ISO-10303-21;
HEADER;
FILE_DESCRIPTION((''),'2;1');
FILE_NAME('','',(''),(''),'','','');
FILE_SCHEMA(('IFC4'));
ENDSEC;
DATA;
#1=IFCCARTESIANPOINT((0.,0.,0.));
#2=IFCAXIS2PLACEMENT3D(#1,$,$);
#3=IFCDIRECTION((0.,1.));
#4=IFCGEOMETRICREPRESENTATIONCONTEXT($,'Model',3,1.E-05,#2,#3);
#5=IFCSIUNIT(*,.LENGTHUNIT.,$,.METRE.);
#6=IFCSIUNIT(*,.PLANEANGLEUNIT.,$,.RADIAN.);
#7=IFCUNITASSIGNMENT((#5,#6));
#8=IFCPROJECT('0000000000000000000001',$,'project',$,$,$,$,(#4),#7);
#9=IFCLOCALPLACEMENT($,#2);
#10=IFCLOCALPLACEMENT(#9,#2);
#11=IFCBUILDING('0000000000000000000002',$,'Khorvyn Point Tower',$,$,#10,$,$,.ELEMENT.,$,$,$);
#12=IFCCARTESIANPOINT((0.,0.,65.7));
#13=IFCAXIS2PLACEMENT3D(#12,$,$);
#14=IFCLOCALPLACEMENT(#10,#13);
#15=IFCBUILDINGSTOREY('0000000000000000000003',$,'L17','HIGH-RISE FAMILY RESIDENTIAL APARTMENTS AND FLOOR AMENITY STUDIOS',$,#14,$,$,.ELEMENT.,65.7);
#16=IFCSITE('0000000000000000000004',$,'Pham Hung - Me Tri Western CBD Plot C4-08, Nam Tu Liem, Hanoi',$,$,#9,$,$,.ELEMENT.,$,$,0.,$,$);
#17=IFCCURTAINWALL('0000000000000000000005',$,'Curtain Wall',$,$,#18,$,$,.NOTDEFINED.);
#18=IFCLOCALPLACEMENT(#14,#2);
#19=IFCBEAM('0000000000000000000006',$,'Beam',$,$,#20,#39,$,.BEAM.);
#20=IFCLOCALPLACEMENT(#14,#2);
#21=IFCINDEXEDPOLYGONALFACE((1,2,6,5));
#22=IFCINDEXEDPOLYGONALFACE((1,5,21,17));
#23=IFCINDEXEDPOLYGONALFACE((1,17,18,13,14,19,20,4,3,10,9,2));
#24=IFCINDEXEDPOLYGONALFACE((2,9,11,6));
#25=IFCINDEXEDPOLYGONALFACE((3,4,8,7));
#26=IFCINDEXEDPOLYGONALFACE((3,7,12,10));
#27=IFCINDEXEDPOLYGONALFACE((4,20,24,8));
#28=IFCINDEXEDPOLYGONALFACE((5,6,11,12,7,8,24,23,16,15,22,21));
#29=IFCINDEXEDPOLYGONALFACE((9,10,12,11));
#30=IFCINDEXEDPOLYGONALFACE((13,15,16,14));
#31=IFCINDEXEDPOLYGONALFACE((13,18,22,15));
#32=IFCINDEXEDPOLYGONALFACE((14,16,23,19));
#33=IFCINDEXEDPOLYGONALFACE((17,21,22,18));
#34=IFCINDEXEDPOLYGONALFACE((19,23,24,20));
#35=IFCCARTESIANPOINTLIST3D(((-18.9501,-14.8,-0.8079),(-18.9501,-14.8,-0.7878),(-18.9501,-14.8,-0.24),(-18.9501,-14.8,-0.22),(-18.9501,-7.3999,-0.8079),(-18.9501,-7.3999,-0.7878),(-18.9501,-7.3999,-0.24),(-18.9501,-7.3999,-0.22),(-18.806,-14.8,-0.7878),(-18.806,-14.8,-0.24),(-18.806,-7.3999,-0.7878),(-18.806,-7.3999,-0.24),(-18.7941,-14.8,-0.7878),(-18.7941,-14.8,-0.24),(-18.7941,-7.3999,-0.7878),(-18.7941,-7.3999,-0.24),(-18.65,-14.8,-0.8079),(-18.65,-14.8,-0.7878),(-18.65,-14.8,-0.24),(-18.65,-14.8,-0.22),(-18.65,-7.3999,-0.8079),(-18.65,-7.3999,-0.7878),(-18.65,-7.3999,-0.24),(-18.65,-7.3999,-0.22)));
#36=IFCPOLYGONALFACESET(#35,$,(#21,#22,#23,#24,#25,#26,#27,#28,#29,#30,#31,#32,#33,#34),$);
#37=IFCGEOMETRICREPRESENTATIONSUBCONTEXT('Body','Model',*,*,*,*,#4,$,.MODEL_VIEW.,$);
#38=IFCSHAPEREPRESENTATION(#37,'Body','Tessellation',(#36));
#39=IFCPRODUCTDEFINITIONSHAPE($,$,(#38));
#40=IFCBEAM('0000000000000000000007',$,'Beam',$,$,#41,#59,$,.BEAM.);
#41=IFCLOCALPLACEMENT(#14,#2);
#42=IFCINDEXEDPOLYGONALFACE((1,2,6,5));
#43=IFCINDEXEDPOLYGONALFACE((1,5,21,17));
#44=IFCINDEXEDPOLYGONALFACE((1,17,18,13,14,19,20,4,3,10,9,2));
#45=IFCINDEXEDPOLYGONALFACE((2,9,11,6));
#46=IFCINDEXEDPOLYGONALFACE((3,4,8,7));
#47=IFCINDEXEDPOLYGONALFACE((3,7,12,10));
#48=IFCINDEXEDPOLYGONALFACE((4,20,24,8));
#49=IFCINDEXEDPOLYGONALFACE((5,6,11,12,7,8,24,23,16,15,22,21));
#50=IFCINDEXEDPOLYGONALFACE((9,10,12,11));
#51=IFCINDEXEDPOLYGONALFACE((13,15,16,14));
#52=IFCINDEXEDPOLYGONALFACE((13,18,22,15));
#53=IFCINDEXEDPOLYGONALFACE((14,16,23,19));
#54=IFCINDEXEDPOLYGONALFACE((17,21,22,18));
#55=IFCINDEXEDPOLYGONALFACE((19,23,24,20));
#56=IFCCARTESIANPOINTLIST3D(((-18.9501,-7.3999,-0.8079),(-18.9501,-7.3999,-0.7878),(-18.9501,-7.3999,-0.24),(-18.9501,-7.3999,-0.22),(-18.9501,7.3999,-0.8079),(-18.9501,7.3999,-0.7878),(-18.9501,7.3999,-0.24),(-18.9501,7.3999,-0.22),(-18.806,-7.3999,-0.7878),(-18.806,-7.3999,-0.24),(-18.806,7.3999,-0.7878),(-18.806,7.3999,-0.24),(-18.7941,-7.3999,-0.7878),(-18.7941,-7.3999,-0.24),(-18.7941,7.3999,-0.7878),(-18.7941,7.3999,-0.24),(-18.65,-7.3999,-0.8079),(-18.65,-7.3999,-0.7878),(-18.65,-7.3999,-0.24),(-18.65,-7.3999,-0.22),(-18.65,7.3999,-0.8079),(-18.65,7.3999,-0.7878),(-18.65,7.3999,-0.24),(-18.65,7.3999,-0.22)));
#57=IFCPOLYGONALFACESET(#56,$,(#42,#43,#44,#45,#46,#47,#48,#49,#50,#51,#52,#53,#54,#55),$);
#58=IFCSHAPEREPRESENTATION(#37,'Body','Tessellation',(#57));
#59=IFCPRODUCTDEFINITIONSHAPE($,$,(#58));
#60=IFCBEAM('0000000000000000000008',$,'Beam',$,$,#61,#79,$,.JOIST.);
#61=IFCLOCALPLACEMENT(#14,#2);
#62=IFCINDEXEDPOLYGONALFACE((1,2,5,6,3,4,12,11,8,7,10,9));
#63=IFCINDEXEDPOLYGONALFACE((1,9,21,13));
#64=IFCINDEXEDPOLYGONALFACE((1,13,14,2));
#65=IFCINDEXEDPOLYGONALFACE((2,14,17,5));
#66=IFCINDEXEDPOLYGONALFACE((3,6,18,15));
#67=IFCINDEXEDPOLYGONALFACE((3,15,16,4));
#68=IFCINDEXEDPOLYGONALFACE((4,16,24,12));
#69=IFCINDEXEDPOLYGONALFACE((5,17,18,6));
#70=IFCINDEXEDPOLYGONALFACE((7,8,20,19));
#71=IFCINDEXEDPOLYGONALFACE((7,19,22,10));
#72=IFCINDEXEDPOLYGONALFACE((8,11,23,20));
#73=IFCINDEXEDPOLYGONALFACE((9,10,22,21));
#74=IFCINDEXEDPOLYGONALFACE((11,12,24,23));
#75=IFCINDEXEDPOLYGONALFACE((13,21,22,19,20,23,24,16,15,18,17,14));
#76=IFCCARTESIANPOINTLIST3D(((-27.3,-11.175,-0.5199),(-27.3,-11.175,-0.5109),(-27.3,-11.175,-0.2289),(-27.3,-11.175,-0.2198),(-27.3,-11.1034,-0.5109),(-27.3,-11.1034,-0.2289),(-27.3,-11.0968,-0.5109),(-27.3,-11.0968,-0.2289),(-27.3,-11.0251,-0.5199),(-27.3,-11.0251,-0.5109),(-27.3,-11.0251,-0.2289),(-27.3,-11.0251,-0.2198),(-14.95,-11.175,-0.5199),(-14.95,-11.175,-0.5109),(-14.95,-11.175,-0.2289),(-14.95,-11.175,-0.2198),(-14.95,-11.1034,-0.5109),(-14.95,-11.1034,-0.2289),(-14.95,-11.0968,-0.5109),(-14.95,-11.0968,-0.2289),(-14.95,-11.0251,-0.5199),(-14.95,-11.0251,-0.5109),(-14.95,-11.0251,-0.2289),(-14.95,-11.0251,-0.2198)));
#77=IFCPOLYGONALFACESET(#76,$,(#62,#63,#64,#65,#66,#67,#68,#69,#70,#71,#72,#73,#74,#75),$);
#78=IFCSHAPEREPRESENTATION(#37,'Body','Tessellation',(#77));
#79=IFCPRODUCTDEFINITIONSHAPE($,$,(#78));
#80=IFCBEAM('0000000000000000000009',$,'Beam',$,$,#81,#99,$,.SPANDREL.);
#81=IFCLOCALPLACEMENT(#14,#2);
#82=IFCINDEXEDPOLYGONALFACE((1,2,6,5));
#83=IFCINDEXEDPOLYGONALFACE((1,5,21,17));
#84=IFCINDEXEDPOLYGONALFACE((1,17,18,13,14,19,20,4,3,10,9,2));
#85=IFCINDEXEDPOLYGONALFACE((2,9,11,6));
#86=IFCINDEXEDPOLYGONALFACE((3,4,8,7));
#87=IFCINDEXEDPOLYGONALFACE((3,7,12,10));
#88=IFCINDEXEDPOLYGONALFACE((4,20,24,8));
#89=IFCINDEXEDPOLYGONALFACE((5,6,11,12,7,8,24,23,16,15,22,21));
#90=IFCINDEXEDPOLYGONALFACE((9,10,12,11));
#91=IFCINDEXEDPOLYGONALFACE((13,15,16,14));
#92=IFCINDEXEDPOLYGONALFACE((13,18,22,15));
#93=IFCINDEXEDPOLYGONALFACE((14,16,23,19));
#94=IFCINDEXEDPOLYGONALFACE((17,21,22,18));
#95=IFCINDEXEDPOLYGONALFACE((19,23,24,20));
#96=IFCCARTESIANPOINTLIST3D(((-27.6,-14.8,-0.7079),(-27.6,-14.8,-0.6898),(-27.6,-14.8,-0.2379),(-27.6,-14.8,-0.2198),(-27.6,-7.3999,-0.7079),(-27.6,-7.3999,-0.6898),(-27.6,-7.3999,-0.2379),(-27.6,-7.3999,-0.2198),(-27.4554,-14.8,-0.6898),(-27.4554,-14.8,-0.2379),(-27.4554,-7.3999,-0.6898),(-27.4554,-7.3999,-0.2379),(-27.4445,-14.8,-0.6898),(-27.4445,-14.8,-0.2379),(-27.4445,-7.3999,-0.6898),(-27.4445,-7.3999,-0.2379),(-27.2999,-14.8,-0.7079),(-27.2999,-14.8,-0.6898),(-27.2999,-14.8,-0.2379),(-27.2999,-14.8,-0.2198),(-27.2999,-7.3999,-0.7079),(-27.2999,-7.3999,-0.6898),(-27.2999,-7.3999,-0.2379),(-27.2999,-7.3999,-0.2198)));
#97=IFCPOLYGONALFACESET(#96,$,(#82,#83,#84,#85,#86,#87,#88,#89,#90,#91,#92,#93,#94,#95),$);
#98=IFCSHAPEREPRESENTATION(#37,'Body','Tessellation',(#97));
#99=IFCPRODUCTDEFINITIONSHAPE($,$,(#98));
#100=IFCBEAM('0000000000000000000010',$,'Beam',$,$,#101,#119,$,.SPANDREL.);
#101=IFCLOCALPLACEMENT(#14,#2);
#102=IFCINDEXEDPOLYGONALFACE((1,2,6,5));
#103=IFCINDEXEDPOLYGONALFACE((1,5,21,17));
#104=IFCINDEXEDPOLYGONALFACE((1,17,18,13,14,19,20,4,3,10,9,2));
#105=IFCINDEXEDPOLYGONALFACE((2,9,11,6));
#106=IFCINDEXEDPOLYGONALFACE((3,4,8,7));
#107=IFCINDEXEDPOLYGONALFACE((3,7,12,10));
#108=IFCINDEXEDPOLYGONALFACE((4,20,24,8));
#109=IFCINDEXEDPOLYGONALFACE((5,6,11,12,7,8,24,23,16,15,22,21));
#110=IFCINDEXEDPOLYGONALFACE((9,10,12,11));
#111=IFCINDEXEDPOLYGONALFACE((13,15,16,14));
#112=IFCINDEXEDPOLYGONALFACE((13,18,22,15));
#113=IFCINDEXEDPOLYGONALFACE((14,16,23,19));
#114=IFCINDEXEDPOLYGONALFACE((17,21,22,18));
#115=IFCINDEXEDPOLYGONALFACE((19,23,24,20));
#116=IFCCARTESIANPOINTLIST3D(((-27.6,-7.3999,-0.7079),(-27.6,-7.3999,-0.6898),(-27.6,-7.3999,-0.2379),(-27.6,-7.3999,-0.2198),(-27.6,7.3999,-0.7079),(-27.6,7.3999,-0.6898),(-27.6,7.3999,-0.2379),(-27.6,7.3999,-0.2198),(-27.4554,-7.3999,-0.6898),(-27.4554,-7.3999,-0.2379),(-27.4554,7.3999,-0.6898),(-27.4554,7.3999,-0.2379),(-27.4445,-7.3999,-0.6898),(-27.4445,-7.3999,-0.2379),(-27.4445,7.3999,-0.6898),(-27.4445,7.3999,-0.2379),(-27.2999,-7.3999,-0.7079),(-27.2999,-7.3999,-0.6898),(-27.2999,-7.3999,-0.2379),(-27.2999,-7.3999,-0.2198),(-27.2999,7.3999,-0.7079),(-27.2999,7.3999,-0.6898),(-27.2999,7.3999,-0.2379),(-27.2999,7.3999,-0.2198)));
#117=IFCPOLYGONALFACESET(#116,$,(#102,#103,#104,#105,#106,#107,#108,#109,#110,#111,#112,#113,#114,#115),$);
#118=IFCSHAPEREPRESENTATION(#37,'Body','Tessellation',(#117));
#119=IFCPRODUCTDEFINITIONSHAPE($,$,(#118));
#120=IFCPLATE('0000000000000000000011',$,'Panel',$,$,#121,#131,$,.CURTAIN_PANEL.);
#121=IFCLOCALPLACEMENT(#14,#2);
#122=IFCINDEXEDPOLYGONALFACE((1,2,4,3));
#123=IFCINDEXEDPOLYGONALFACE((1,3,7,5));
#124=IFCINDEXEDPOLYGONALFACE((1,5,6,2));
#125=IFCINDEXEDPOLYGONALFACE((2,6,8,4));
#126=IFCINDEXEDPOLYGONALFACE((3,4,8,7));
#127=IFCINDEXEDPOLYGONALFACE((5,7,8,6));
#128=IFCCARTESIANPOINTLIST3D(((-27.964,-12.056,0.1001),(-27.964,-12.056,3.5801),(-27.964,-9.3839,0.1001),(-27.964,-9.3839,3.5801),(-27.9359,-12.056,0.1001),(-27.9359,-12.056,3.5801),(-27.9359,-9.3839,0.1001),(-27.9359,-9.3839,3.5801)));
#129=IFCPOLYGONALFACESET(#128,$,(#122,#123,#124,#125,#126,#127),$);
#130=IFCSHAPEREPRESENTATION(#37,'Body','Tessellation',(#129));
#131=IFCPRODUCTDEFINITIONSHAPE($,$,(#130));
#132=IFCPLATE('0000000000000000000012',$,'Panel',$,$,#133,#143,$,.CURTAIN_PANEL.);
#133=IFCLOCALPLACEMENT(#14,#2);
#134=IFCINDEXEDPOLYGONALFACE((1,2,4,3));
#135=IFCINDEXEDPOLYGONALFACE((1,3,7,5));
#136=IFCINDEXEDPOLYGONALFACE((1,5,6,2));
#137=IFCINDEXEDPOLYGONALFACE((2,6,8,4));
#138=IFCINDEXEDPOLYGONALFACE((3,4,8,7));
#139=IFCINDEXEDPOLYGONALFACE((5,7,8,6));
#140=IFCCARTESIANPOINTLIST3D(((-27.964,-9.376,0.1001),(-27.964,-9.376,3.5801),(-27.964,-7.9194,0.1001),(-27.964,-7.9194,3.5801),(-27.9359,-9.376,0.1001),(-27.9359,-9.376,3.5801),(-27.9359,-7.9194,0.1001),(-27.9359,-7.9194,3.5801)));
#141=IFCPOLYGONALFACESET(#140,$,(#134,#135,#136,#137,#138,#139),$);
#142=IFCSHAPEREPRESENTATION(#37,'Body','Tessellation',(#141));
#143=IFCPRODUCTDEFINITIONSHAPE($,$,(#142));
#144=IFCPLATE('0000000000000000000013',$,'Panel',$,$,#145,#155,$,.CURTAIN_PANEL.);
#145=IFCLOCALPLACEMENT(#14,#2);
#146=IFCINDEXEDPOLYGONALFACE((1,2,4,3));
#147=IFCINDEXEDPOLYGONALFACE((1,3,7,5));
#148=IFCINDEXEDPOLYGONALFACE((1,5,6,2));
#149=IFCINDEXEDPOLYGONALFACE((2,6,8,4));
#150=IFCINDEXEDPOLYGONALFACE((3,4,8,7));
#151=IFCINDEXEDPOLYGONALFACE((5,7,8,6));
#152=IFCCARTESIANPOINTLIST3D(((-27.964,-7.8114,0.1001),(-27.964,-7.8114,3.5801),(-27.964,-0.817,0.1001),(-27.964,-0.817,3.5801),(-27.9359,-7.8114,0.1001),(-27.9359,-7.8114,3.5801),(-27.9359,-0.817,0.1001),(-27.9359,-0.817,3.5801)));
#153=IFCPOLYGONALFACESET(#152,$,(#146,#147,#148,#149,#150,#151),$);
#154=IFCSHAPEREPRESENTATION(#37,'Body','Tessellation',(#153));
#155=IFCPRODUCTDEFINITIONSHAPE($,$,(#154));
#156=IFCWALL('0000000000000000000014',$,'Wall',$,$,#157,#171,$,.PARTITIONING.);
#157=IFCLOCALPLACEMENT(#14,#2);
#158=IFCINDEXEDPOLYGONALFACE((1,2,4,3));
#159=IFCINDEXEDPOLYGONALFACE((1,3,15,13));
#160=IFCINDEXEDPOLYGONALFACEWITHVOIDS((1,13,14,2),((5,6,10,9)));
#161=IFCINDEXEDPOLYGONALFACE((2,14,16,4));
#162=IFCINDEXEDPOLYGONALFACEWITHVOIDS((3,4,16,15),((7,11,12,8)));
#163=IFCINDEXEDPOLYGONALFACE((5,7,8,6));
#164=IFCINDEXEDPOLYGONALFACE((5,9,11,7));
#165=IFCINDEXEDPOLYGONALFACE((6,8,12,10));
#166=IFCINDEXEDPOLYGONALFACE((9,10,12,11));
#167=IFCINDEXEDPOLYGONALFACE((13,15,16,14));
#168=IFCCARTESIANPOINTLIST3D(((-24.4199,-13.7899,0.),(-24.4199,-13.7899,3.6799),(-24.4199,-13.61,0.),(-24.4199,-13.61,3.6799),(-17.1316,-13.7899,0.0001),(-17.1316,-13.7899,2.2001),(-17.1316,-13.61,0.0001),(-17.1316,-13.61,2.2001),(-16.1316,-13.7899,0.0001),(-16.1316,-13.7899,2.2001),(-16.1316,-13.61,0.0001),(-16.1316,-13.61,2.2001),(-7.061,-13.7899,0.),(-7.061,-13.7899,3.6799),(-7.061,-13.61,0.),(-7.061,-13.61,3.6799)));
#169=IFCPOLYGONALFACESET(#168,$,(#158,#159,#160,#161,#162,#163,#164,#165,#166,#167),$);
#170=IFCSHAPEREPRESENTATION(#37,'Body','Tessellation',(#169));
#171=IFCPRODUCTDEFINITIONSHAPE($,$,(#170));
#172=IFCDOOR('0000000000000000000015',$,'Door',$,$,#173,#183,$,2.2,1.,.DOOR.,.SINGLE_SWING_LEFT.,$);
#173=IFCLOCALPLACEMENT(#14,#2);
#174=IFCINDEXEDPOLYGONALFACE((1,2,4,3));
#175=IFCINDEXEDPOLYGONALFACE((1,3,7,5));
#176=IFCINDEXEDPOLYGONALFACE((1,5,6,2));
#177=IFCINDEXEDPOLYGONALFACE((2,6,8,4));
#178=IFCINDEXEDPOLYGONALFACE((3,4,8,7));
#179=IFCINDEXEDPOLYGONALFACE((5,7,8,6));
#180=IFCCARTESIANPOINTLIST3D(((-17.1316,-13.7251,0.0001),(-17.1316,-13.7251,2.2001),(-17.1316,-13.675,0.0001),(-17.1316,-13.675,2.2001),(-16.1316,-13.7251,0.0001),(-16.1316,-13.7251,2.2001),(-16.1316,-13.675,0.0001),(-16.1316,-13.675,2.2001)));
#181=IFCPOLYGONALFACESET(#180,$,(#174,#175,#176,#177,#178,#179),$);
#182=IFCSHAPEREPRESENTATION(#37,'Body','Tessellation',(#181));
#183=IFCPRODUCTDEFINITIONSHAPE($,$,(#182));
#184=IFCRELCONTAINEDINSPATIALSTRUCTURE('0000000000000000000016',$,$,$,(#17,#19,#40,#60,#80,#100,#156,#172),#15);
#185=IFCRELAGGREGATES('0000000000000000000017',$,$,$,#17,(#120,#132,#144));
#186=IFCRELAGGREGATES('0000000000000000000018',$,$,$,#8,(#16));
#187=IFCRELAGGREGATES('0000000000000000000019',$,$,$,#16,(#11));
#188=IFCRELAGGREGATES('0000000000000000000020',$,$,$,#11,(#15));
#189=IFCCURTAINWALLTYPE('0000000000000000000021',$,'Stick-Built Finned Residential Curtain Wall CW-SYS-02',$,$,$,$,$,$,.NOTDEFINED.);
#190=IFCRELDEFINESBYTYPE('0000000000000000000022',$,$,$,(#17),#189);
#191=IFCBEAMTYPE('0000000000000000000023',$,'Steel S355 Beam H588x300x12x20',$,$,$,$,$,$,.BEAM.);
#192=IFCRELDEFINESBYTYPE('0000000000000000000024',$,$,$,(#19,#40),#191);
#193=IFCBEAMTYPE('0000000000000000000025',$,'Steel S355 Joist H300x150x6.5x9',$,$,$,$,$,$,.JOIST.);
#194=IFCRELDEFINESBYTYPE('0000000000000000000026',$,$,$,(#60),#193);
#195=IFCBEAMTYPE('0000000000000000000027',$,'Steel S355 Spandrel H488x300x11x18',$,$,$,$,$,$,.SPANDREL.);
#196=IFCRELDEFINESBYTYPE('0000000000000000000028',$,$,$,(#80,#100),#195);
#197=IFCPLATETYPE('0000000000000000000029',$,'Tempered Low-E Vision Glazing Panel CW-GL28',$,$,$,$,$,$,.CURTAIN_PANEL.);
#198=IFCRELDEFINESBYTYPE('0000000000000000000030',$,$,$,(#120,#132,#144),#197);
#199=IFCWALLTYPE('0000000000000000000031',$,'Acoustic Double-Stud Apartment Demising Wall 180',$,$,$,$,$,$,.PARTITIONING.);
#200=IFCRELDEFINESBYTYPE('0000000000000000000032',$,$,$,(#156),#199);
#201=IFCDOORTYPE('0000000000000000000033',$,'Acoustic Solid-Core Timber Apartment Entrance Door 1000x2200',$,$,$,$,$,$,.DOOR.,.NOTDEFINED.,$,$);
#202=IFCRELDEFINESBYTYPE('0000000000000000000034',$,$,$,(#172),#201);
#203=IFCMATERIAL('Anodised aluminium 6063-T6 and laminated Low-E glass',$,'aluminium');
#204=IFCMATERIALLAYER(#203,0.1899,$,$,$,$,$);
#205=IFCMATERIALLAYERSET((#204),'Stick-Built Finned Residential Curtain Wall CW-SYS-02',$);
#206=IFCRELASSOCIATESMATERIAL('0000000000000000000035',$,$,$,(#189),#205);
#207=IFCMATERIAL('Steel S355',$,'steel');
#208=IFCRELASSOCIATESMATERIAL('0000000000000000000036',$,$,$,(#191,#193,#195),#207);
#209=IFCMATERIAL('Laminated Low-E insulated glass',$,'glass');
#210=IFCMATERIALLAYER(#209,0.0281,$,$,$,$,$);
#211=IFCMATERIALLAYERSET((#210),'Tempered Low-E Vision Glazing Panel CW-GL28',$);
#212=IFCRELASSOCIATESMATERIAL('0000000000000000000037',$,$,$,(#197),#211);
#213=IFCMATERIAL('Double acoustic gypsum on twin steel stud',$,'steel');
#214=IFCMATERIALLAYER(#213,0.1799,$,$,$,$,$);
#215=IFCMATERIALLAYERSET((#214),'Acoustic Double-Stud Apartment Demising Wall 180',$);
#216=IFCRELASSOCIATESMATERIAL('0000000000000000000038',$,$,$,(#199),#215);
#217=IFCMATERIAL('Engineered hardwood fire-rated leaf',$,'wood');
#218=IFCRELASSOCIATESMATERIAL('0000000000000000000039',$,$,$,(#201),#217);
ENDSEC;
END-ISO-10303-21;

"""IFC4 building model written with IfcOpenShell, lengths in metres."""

from ifc_helpers import new_model, si_unit, direction, frame, frame_2d, origin, origin_2d, place, context, subcontext, project, spatial, rectangle, i_section, extrude, material, layer, layer_set, material_profile, profile_set, type_object, element, fill, aggregate, save


model = new_model("IFC4")

# Units and contexts
model_context = context("Model", 3, precision=1e-05, world=origin(), true_north=direction((0.0, 1.0)))
body_context = subcontext(model_context, "Body", "Model", "MODEL_VIEW")
ifc_project = project(units=[si_unit("LENGTHUNIT", "METRE"), si_unit("PLANEANGLEUNIT", "RADIAN")], contexts=[model_context])

# Site, building, storey
site_placement = place(None, origin())
site = spatial("IfcSite", under=ifc_project, at=site_placement, Name="Pham Hung - Me Tri Western CBD Plot C4-08, Nam Tu Liem, Hanoi", CompositionType="ELEMENT", RefElevation=0.0)
building_placement = place(site_placement, origin())
building = spatial("IfcBuilding", under=site, at=building_placement, Name="Khorvyn Point Tower", CompositionType="ELEMENT")
storey_placement = place(building_placement, frame((0.0, 0.0, 65.7)))
storey = spatial("IfcBuildingStorey", under=building, at=storey_placement, Name="L17", Description="HIGH-RISE FAMILY RESIDENTIAL APARTMENTS AND FLOOR AMENITY STUDIOS", CompositionType="ELEMENT", Elevation=65.7)

# Curtain wall
ifc_material_1 = material(Name="Anodised aluminium 6063-T6 and laminated Low-E glass", Category="aluminium")
ifc_layer_1 = layer(ifc_material_1, 0.1899)
ifc_layer_set_1 = layer_set([ifc_layer_1], Name="Stick-Built Finned Residential Curtain Wall CW-SYS-02")
curtain_wall_type = type_object("IfcCurtainWallType", Name="Stick-Built Finned Residential Curtain Wall CW-SYS-02", PredefinedType="NOTDEFINED", material=ifc_layer_set_1)
curtain_wall_placement = place(storey_placement, origin())
curtain_wall = element("IfcCurtainWall", 1, at=curtain_wall_placement, inside=storey, type_object=curtain_wall_type, Name="Curtain Wall", PredefinedType="NOTDEFINED")

# Beams
ifc_material_2 = material(Name="Steel S355", Category="steel")
ifc_material_profile_1 = material_profile(ifc_material_2, i_section(OverallWidth=0.3, OverallDepth=0.5879, WebThickness=0.012, FlangeThickness=0.02, at=origin_2d()))
ifc_profile_set_1 = profile_set([ifc_material_profile_1], Name="Steel S355 H588x300x12x20")
beam_type_1 = type_object("IfcBeamType", Name="Steel S355 Beam H588x300x12x20", PredefinedType="BEAM", material=ifc_profile_set_1)
beam_1_placement = place(storey_placement, frame((-18.8, -14.8, -0.5139), z_axis=(0.0, 1.0, 0.0), x_axis=(-1.0, 0.0, 0.0)))
element("IfcBeam", 2, at=beam_1_placement, inside=storey, type_object=beam_type_1, Name="Beam", PredefinedType="BEAM", context=body_context, shape_type="SweptSolid", body=[
    extrude(i_section(OverallWidth=0.3, OverallDepth=0.5879, WebThickness=0.012, FlangeThickness=0.02, at=origin_2d()), origin(), (0.0, 0.0, 1.0), 7.4001),
])
beam_2_placement = place(storey_placement, frame((-18.8, -7.3999, -0.5139), z_axis=(0.0, 1.0, 0.0), x_axis=(-1.0, 0.0, 0.0)))
element("IfcBeam", 3, at=beam_2_placement, inside=storey, type_object=beam_type_1, Name="Beam", PredefinedType="BEAM", context=body_context, shape_type="SweptSolid", body=[
    extrude(i_section(OverallWidth=0.3, OverallDepth=0.5879, WebThickness=0.012, FlangeThickness=0.02, at=origin_2d()), origin(), (0.0, 0.0, 1.0), 14.7998),
])
ifc_material_profile_2 = material_profile(ifc_material_2, i_section(OverallWidth=0.1499, OverallDepth=0.3, WebThickness=0.0066, FlangeThickness=0.009, at=origin_2d()))
ifc_profile_set_2 = profile_set([ifc_material_profile_2], Name="Steel S355 H300x150x6.5x9")
beam_type_2 = type_object("IfcBeamType", Name="Steel S355 Joist H300x150x6.5x9", PredefinedType="JOIST", material=ifc_profile_set_2)
beam_3_placement = place(storey_placement, frame((-27.3, -11.1001, -0.3699), z_axis=(1.0, 0.0, 0.0), x_axis=(0.0, 1.0, 0.0)))
element("IfcBeam", 4, at=beam_3_placement, inside=storey, type_object=beam_type_2, Name="Beam", PredefinedType="JOIST", context=body_context, shape_type="SweptSolid", body=[
    extrude(i_section(OverallWidth=0.1499, OverallDepth=0.3, WebThickness=0.0066, FlangeThickness=0.009, at=origin_2d()), origin(), (0.0, 0.0, 1.0), 12.3501),
])
ifc_material_profile_3 = material_profile(ifc_material_2, i_section(OverallWidth=0.3, OverallDepth=0.488, WebThickness=0.011, FlangeThickness=0.0181, at=origin_2d()))
ifc_profile_set_3 = profile_set([ifc_material_profile_3], Name="Steel S355 H488x300x11x18")
beam_type_3 = type_object("IfcBeamType", Name="Steel S355 Spandrel H488x300x11x18", PredefinedType="SPANDREL", material=ifc_profile_set_3)
beam_4_placement = place(storey_placement, frame((-27.45, -14.8, -0.4639), z_axis=(0.0, 1.0, 0.0), x_axis=(-1.0, 0.0, 0.0)))
element("IfcBeam", 5, at=beam_4_placement, inside=storey, type_object=beam_type_3, Name="Beam", PredefinedType="SPANDREL", context=body_context, shape_type="SweptSolid", body=[
    extrude(i_section(OverallWidth=0.3, OverallDepth=0.488, WebThickness=0.011, FlangeThickness=0.0181, at=origin_2d()), origin(), (0.0, 0.0, 1.0), 7.4001),
])
beam_5_placement = place(storey_placement, frame((-27.45, -7.3999, -0.4639), z_axis=(0.0, 1.0, 0.0), x_axis=(-1.0, 0.0, 0.0)))
element("IfcBeam", 6, at=beam_5_placement, inside=storey, type_object=beam_type_3, Name="Beam", PredefinedType="SPANDREL", context=body_context, shape_type="SweptSolid", body=[
    extrude(i_section(OverallWidth=0.3, OverallDepth=0.488, WebThickness=0.011, FlangeThickness=0.0181, at=origin_2d()), origin(), (0.0, 0.0, 1.0), 14.7998),
])

# Plates
ifc_material_3 = material(Name="Laminated Low-E insulated glass", Category="glass")
ifc_layer_2 = layer(ifc_material_3, 0.0281)
ifc_layer_set_2 = layer_set([ifc_layer_2], Name="Tempered Low-E Vision Glazing Panel CW-GL28")
plate_type = type_object("IfcPlateType", Name="Tempered Low-E Vision Glazing Panel CW-GL28", PredefinedType="CURTAIN_PANEL", material=ifc_layer_set_2)
plate_1_placement = place(storey_placement, frame((-27.95, -10.72, 0.1001), z_axis=(0.0, 0.0, 1.0), x_axis=(0.0, 1.0, 0.0)))
plate_1 = element("IfcPlate", 7, at=plate_1_placement, type_object=plate_type, Name="Panel", PredefinedType="CURTAIN_PANEL", context=body_context, shape_type="SweptSolid", body=[
    extrude(rectangle(XDim=2.6721, YDim=0.0281, at=origin_2d()), origin(), (0.0, 0.0, 1.0), 3.48),
])
plate_2_placement = place(storey_placement, frame((-27.95, -8.6477, 0.1001), z_axis=(0.0, 0.0, 1.0), x_axis=(0.0, 1.0, 0.0)))
plate_2 = element("IfcPlate", 8, at=plate_2_placement, type_object=plate_type, Name="Panel", PredefinedType="CURTAIN_PANEL", context=body_context, shape_type="SweptSolid", body=[
    extrude(rectangle(XDim=1.4565, YDim=0.0281, at=origin_2d()), origin(), (0.0, 0.0, 1.0), 3.48),
])
plate_3_placement = place(storey_placement, frame((-27.95, -4.3142, 0.1001), z_axis=(0.0, 0.0, 1.0), x_axis=(0.0, 1.0, 0.0)))
plate_3 = element("IfcPlate", 9, at=plate_3_placement, type_object=plate_type, Name="Panel", PredefinedType="CURTAIN_PANEL", context=body_context, shape_type="SweptSolid", body=[
    extrude(rectangle(XDim=6.9944, YDim=0.0281, at=origin_2d()), origin(), (0.0, 0.0, 1.0), 3.48),
])
aggregate(curtain_wall, [plate_1, plate_2, plate_3])

# Wall, opening, door
ifc_material_4 = material(Name="Double acoustic gypsum on twin steel stud", Category="steel")
ifc_layer_3 = layer(ifc_material_4, 0.1799)
ifc_layer_set_3 = layer_set([ifc_layer_3], Name="Acoustic Double-Stud Apartment Demising Wall 180")
wall_type_1 = type_object("IfcWallType", Name="Acoustic Double-Stud Apartment Demising Wall 180", PredefinedType="PARTITIONING", material=ifc_layer_set_3)
wall_1_placement = place(storey_placement, frame((-24.4199, -13.7, 0.0), z_axis=(0.0, 0.0, 1.0), x_axis=(1.0, 0.0, 0.0)))
wall_1 = element("IfcWall", 10, at=wall_1_placement, inside=storey, type_object=wall_type_1, Name="Wall", PredefinedType="PARTITIONING", context=body_context, shape_type="SweptSolid", body=[
    extrude(rectangle(XDim=17.3589, YDim=0.1799, at=frame_2d((8.6794, 0.0))), origin(), (0.0, 0.0, 1.0), 3.6799),
])
opening_1_placement = place(wall_1_placement, frame((7.2883, 0.0, 0.0)))
opening_1 = element("IfcOpeningElement", 11, at=opening_1_placement, cuts=wall_1, PredefinedType="OPENING", context=body_context, shape_type="SweptSolid", body=[
    extrude(rectangle(XDim=1.0, YDim=2.2, at=frame_2d((0.5, 1.1001))), frame((0.0, 0.0999, 0.0), z_axis=(0.0, -1.0, 0.0), x_axis=(1.0, 0.0, 0.0)), (0.0, 0.0, 1.0), 0.2),
])
ifc_material_5 = material(Name="Engineered hardwood fire-rated leaf", Category="wood")
door_type_1 = type_object("IfcDoorType", Name="Acoustic Solid-Core Timber Apartment Entrance Door 1000x2200", OperationType="NOTDEFINED", PredefinedType="DOOR", material=ifc_material_5)
door_1_placement = place(opening_1_placement, origin())
door_1 = element("IfcDoor", 12, at=door_1_placement, inside=storey, type_object=door_type_1, Name="Door", OperationType="SINGLE_SWING_LEFT", OverallHeight=2.2, OverallWidth=1.0, PredefinedType="DOOR", context=body_context, shape_type="SweptSolid", body=[
    extrude(rectangle(XDim=1.0, YDim=2.2, at=frame_2d((0.5, 1.1001))), frame((0.0, 0.0249, 0.0), z_axis=(0.0, -1.0, 0.0), x_axis=(1.0, 0.0, 0.0)), (0.0, 0.0, 1.0), 0.05),
])
fill(opening_1, door_1)

save(model, "model.ifc")
